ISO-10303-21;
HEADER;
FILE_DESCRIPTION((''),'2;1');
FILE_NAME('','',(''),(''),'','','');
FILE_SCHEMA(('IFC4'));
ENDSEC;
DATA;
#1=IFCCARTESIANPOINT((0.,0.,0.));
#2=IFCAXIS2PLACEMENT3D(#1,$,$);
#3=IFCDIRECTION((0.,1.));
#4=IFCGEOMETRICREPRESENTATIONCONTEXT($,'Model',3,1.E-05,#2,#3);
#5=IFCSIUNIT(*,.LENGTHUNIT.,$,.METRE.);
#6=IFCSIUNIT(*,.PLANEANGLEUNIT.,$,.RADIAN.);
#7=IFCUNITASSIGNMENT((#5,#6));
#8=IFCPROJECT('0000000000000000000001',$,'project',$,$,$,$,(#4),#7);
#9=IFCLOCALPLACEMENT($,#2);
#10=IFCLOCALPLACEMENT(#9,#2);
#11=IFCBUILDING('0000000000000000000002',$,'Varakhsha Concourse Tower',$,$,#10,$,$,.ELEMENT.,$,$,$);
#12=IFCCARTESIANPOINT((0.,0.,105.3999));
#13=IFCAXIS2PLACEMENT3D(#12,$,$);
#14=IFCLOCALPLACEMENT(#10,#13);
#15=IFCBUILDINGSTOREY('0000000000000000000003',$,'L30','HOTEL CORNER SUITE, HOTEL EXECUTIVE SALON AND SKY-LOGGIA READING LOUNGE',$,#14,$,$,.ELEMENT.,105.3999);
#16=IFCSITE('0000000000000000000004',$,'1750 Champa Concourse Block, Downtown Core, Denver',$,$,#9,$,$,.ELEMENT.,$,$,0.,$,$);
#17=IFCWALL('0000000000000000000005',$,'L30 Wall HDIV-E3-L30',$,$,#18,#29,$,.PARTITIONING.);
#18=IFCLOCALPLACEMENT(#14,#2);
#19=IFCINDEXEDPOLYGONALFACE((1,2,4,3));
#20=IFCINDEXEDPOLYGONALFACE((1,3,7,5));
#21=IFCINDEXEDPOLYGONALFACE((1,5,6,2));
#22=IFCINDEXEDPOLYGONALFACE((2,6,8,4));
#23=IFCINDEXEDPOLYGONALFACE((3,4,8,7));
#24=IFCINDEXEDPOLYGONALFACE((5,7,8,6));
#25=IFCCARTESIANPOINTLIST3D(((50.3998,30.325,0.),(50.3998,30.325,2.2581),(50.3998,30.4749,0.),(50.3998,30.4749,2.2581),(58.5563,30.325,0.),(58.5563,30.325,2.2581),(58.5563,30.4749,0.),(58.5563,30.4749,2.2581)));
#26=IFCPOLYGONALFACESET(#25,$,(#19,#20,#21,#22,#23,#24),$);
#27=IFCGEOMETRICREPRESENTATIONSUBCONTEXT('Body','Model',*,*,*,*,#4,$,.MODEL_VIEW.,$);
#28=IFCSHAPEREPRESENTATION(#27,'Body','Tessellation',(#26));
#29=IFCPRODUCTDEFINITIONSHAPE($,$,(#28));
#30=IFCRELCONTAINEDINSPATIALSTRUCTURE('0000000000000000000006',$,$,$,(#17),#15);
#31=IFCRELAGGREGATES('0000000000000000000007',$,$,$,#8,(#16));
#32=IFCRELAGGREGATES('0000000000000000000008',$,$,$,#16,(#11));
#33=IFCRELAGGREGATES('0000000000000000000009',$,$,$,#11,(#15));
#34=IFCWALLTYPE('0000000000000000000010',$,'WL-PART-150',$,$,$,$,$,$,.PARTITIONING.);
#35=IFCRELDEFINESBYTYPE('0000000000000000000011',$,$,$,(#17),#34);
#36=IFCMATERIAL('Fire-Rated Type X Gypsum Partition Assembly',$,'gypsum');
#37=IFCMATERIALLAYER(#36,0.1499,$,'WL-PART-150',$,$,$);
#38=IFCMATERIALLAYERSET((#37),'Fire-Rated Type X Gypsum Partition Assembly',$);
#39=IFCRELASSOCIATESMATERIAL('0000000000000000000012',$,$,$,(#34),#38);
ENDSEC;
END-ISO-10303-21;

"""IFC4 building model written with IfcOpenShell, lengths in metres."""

from ifc_helpers import new_model, si_unit, direction, frame, frame_2d, origin, place, context, subcontext, project, spatial, rectangle, extrude, material, layer, layer_set, type_object, element, save


model = new_model("IFC4")

# Units and contexts
model_context = context("Model", 3, precision=1e-05, world=origin(), true_north=direction((0.0, 1.0)))
body_context = subcontext(model_context, "Body", "Model", "MODEL_VIEW")
ifc_project = project(units=[si_unit("LENGTHUNIT", "METRE"), si_unit("PLANEANGLEUNIT", "RADIAN")], contexts=[model_context])

# Site, building, storey
site_placement = place(None, origin())
site = spatial("IfcSite", under=ifc_project, at=site_placement, Name="1750 Champa Concourse Block, Downtown Core, Denver", CompositionType="ELEMENT", RefElevation=0.0)
building_placement = place(site_placement, origin())
building = spatial("IfcBuilding", under=site, at=building_placement, Name="Varakhsha Concourse Tower", CompositionType="ELEMENT")
storey_placement = place(building_placement, frame((0.0, 0.0, 105.3999)))
storey = spatial("IfcBuildingStorey", under=building, at=storey_placement, Name="L30", Description="HOTEL CORNER SUITE, HOTEL EXECUTIVE SALON AND SKY-LOGGIA READING LOUNGE", CompositionType="ELEMENT", Elevation=105.3999)

# Wall
ifc_material_1 = material(Name="Fire-Rated Type X Gypsum Partition Assembly", Category="gypsum")
ifc_layer_1 = layer(ifc_material_1, 0.1499, Name="WL-PART-150")
ifc_layer_set_1 = layer_set([ifc_layer_1], Name="Fire-Rated Type X Gypsum Partition Assembly")
wall_type_1 = type_object("IfcWallType", Name="WL-PART-150", PredefinedType="PARTITIONING", material=ifc_layer_set_1)
wall_1_placement = place(storey_placement, frame((50.3999, 30.3999, 0.0), z_axis=(0.0, 0.0, 1.0), x_axis=(1.0, 0.0, 0.0)))
element("IfcWall", 1, at=wall_1_placement, inside=storey, type_object=wall_type_1, Name="L30 Wall HDIV-E3-L30", PredefinedType="PARTITIONING", context=body_context, shape_type="SweptSolid", body=[
    extrude(rectangle(XDim=8.1565, YDim=0.1499, at=frame_2d((4.0781, 0.0))), origin(), (0.0, 0.0, 1.0), 2.2581),
])

save(model, "model.ifc")
